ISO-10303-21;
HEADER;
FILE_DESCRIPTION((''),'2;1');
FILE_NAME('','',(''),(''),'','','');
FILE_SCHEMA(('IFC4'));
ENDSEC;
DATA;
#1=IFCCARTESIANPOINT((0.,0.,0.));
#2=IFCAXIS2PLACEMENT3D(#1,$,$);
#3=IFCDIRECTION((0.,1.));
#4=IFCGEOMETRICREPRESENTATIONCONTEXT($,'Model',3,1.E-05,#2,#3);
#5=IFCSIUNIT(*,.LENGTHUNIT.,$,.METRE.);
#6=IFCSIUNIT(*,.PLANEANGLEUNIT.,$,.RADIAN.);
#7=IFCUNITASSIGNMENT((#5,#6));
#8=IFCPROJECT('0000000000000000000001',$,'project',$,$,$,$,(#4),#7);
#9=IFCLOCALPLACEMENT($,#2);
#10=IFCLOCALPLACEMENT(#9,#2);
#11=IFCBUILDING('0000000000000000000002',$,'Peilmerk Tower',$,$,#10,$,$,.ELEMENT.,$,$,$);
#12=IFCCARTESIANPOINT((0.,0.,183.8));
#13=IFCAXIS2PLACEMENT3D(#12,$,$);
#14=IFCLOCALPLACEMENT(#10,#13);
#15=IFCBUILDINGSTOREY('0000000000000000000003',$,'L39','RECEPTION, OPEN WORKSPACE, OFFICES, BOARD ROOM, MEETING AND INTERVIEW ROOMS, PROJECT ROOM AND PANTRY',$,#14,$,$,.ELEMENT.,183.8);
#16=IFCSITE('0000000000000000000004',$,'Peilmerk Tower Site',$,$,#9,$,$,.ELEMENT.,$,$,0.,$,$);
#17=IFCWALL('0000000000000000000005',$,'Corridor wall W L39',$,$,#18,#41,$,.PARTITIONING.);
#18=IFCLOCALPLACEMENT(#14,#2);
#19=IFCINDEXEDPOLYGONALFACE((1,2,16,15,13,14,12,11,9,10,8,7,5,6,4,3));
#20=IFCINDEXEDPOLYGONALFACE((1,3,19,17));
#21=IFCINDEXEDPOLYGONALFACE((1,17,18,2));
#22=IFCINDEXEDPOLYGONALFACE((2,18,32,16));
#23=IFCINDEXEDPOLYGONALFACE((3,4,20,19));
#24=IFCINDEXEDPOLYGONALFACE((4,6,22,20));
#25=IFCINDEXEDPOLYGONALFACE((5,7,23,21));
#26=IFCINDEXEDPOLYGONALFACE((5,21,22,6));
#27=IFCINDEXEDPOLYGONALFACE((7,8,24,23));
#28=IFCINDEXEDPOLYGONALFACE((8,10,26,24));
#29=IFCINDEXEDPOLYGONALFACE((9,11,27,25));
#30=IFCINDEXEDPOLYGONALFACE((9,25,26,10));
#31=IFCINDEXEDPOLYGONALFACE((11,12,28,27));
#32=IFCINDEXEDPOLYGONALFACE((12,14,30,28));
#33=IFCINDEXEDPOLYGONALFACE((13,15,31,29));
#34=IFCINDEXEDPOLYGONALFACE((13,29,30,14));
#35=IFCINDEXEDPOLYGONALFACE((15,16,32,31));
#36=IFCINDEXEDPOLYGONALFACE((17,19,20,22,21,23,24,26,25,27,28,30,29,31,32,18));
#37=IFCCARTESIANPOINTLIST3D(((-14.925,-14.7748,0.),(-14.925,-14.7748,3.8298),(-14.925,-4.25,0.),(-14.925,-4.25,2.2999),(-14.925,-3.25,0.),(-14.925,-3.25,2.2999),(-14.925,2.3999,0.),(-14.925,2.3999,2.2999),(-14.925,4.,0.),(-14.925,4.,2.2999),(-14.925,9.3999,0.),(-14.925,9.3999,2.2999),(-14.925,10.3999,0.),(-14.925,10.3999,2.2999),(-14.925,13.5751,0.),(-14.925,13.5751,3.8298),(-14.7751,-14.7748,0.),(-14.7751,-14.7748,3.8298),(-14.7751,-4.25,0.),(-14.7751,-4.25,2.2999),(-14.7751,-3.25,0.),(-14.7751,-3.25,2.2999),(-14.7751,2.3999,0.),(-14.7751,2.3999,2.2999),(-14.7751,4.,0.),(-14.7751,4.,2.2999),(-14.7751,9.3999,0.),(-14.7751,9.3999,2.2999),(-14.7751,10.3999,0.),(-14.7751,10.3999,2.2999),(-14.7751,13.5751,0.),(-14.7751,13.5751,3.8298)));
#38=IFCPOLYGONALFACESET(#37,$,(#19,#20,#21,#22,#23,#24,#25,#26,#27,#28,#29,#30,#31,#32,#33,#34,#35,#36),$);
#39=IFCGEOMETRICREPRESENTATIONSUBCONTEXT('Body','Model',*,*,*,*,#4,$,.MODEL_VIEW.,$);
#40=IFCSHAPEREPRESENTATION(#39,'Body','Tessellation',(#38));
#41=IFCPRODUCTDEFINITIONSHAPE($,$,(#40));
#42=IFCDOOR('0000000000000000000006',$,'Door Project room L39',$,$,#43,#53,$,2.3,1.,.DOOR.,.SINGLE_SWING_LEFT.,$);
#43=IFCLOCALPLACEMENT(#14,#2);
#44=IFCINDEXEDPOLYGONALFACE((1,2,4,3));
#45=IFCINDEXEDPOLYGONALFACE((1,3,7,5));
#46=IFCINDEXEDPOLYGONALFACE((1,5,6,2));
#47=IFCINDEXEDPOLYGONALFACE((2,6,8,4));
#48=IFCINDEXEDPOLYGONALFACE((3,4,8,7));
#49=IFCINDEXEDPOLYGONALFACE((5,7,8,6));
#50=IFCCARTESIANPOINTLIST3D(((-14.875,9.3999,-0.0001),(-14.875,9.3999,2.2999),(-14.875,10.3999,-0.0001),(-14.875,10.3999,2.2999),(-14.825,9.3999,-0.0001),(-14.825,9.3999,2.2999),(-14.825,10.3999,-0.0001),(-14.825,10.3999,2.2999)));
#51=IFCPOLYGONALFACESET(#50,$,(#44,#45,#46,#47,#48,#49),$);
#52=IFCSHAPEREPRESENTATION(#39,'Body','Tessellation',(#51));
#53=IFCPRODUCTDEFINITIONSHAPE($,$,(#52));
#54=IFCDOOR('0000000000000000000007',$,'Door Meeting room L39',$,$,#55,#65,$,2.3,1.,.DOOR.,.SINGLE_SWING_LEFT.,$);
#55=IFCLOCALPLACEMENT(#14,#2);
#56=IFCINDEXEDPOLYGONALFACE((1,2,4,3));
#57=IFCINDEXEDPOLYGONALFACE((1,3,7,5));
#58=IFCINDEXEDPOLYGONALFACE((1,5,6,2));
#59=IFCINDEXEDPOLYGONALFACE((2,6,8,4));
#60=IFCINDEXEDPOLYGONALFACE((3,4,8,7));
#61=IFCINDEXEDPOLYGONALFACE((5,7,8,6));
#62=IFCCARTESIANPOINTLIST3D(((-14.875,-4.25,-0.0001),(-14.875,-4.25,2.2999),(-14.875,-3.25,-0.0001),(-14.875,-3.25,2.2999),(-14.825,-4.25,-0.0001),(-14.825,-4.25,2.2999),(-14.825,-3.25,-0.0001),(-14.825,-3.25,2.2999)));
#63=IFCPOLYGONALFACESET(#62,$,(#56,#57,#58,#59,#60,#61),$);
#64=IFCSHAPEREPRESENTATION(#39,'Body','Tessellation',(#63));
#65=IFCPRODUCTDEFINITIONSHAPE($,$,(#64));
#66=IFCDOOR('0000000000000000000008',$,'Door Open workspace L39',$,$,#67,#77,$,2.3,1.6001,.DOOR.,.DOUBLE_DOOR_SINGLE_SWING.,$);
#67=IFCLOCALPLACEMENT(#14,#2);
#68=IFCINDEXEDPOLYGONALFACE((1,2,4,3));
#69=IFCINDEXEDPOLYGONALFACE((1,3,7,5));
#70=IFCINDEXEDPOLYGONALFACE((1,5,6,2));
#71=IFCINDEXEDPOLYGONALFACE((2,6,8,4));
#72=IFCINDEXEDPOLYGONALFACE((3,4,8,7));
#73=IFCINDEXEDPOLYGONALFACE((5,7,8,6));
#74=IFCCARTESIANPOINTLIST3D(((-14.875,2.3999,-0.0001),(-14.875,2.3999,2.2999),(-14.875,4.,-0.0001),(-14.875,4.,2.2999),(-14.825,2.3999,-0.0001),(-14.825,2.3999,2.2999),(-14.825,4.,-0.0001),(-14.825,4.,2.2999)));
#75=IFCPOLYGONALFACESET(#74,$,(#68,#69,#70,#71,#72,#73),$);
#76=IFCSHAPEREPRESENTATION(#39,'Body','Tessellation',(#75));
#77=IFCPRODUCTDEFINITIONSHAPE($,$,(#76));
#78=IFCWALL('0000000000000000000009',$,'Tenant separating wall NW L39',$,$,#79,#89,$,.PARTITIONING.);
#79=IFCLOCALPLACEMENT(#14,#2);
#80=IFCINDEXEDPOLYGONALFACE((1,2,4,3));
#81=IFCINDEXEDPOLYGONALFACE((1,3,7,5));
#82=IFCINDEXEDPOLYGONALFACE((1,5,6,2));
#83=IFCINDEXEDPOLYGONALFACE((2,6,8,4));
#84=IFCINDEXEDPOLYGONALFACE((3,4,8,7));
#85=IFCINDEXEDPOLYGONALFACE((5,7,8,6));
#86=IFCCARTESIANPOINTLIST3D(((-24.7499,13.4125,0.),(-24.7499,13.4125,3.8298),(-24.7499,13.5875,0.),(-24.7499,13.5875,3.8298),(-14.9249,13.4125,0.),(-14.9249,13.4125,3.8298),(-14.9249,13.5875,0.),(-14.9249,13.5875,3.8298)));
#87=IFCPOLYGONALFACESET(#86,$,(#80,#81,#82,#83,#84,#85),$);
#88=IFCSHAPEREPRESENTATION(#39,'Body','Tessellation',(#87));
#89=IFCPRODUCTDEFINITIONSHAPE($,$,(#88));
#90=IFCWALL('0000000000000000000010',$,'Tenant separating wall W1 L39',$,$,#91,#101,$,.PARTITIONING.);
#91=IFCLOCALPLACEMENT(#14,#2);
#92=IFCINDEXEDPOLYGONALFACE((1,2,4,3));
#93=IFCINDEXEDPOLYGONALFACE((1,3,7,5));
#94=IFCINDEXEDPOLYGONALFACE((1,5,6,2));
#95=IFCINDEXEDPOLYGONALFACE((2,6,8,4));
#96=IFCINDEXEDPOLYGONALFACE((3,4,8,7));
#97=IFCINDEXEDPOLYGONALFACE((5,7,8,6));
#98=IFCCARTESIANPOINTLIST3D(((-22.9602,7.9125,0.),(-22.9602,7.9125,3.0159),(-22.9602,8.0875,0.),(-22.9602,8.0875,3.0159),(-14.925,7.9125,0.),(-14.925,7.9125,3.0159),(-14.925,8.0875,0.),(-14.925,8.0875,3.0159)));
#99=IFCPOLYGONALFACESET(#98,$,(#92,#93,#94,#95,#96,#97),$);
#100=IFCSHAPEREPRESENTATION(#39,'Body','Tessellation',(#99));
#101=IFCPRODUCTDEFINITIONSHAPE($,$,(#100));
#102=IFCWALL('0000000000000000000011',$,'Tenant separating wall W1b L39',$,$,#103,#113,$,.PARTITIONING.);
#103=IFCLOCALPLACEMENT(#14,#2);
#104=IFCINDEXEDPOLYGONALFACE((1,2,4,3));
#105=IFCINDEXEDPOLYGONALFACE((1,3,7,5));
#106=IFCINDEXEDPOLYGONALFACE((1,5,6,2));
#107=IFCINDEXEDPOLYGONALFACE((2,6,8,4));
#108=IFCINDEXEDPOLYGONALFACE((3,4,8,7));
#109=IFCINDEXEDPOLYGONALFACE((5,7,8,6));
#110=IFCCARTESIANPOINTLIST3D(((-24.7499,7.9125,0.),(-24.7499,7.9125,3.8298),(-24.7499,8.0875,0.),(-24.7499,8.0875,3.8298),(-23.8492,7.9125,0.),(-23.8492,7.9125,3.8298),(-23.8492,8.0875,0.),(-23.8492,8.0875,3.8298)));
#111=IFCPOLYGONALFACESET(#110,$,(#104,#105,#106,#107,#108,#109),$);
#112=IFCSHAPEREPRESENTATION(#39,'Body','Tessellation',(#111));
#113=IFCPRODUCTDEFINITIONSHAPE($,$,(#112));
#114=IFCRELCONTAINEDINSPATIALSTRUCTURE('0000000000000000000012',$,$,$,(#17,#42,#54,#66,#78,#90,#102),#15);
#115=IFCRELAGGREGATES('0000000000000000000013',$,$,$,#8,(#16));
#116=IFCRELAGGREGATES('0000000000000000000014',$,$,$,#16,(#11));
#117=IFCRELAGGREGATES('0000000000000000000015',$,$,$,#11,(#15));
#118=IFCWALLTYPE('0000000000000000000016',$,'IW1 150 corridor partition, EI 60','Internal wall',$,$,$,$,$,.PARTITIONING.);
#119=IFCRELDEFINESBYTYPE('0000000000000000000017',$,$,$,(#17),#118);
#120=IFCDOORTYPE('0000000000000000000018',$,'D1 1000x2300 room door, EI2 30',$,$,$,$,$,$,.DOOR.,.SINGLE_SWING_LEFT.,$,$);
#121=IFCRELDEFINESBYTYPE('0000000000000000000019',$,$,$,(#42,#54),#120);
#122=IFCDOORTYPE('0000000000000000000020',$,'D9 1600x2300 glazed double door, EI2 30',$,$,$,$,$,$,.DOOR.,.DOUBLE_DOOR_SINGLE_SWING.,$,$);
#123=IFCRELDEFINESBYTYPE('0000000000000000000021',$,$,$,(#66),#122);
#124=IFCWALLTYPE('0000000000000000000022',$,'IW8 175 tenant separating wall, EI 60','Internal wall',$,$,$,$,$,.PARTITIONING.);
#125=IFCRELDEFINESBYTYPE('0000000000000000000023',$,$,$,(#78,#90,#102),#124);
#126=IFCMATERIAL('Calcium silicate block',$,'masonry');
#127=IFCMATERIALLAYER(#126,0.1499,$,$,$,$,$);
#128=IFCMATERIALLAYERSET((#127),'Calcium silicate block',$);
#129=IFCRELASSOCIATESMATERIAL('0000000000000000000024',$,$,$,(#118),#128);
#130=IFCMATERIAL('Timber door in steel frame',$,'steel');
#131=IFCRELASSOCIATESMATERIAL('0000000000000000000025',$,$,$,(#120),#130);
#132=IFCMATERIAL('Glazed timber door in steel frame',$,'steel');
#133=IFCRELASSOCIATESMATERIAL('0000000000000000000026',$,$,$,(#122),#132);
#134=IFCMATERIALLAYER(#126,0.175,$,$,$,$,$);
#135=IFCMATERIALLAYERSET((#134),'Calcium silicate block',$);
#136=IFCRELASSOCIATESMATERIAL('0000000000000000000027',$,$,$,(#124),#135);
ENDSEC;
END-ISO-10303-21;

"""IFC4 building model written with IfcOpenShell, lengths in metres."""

from ifc_helpers import new_model, si_unit, direction, frame, frame_2d, origin, place, context, subcontext, project, spatial, rectangle, extrude, material, layer, layer_set, type_object, element, fill, save


model = new_model("IFC4")

# Units and contexts
model_context = context("Model", 3, precision=1e-05, world=origin(), true_north=direction((0.0, 1.0)))
body_context = subcontext(model_context, "Body", "Model", "MODEL_VIEW")
ifc_project = project(units=[si_unit("LENGTHUNIT", "METRE"), si_unit("PLANEANGLEUNIT", "RADIAN")], contexts=[model_context])

# Site, building, storey
site_placement = place(None, origin())
site = spatial("IfcSite", under=ifc_project, at=site_placement, Name="Peilmerk Tower Site", CompositionType="ELEMENT", RefElevation=0.0)
building_placement = place(site_placement, origin())
building = spatial("IfcBuilding", under=site, at=building_placement, Name="Peilmerk Tower", CompositionType="ELEMENT")
storey_placement = place(building_placement, frame((0.0, 0.0, 183.8)))
storey = spatial("IfcBuildingStorey", under=building, at=storey_placement, Name="L39", Description="RECEPTION, OPEN WORKSPACE, OFFICES, BOARD ROOM, MEETING AND INTERVIEW ROOMS, PROJECT ROOM AND PANTRY", CompositionType="ELEMENT", Elevation=183.8)

# Wall, openings, doors
ifc_material_1 = material(Name="Calcium silicate block", Category="masonry")
ifc_layer_1 = layer(ifc_material_1, 0.1499)
ifc_layer_set_1 = layer_set([ifc_layer_1], Name="Calcium silicate block")
wall_type_1 = type_object("IfcWallType", Name="IW1 150 corridor partition, EI 60", Description="Internal wall", PredefinedType="PARTITIONING", material=ifc_layer_set_1)
wall_1_placement = place(storey_placement, frame((-14.8501, 13.575, 0.0), z_axis=(0.0, 0.0, 1.0), x_axis=(0.0, -1.0, 0.0)))
wall_1 = element("IfcWall", 1, at=wall_1_placement, inside=storey, type_object=wall_type_1, Name="Corridor wall W L39", PredefinedType="PARTITIONING", context=body_context, shape_type="SweptSolid", body=[
    extrude(rectangle(XDim=28.3499, YDim=0.1499, at=frame_2d((14.1748, 0.0))), origin(), (0.0, 0.0, 1.0), 3.8298),
])
opening_1_placement = place(wall_1_placement, frame((9.575, 0.0, 0.0)))
opening_1 = element("IfcOpeningElement", 2, at=opening_1_placement, cuts=wall_1, PredefinedType="OPENING", context=body_context, shape_type="SweptSolid", body=[
    extrude(rectangle(XDim=1.6001, YDim=2.3, at=frame_2d((0.8, 1.1499))), frame((0.0, 0.085, 0.0), z_axis=(0.0, -1.0, 0.0), x_axis=(1.0, 0.0, 0.0)), (0.0, 0.0, 1.0), 0.1699),
])
opening_2_placement = place(wall_1_placement, frame((3.175, 0.0, 0.0)))
opening_2 = element("IfcOpeningElement", 3, at=opening_2_placement, cuts=wall_1, PredefinedType="OPENING", context=body_context, shape_type="SweptSolid", body=[
    extrude(rectangle(XDim=1.0, YDim=2.3, at=frame_2d((0.5, 1.1499))), frame((0.0, 0.085, 0.0), z_axis=(0.0, -1.0, 0.0), x_axis=(1.0, 0.0, 0.0)), (0.0, 0.0, 1.0), 0.1699),
])
opening_3_placement = place(wall_1_placement, frame((16.825, 0.0, 0.0)))
opening_3 = element("IfcOpeningElement", 4, at=opening_3_placement, cuts=wall_1, PredefinedType="OPENING", context=body_context, shape_type="SweptSolid", body=[
    extrude(rectangle(XDim=1.0, YDim=2.3, at=frame_2d((0.5, 1.1499))), frame((0.0, 0.085, 0.0), z_axis=(0.0, -1.0, 0.0), x_axis=(1.0, 0.0, 0.0)), (0.0, 0.0, 1.0), 0.1699),
])
ifc_material_2 = material(Name="Timber door in steel frame", Category="steel")
door_type_1 = type_object("IfcDoorType", Name="D1 1000x2300 room door, EI2 30", OperationType="SINGLE_SWING_LEFT", PredefinedType="DOOR", material=ifc_material_2)
door_1_placement = place(opening_2_placement, frame((1.0, 0.0, 0.0), z_axis=(0.0, 0.0, 1.0), x_axis=(-1.0, 0.0, 0.0)))
door_1 = element("IfcDoor", 5, at=door_1_placement, inside=storey, type_object=door_type_1, Name="Door Project room L39", OperationType="SINGLE_SWING_LEFT", OverallHeight=2.3, OverallWidth=1.0, PredefinedType="DOOR", context=body_context, shape_type="SweptSolid", body=[
    extrude(rectangle(XDim=1.0, YDim=2.3, at=frame_2d((0.5, 1.1499))), frame((0.0, 0.0249, 0.0), z_axis=(0.0, -1.0, 0.0), x_axis=(1.0, 0.0, 0.0)), (0.0, 0.0, 1.0), 0.05),
])
fill(opening_2, door_1)
door_2_placement = place(opening_3_placement, frame((1.0, 0.0, 0.0), z_axis=(0.0, 0.0, 1.0), x_axis=(-1.0, 0.0, 0.0)))
door_2 = element("IfcDoor", 6, at=door_2_placement, inside=storey, type_object=door_type_1, Name="Door Meeting room L39", OperationType="SINGLE_SWING_LEFT", OverallHeight=2.3, OverallWidth=1.0, PredefinedType="DOOR", context=body_context, shape_type="SweptSolid", body=[
    extrude(rectangle(XDim=1.0, YDim=2.3, at=frame_2d((0.5, 1.1499))), frame((0.0, 0.0249, 0.0), z_axis=(0.0, -1.0, 0.0), x_axis=(1.0, 0.0, 0.0)), (0.0, 0.0, 1.0), 0.05),
])
fill(opening_3, door_2)
ifc_material_3 = material(Name="Glazed timber door in steel frame", Category="steel")
door_type_2 = type_object("IfcDoorType", Name="D9 1600x2300 glazed double door, EI2 30", OperationType="DOUBLE_DOOR_SINGLE_SWING", PredefinedType="DOOR", material=ifc_material_3)
door_3_placement = place(opening_1_placement, frame((1.6001, 0.0, 0.0), z_axis=(0.0, 0.0, 1.0), x_axis=(-1.0, 0.0, 0.0)))
door_3 = element("IfcDoor", 7, at=door_3_placement, inside=storey, type_object=door_type_2, Name="Door Open workspace L39", OperationType="DOUBLE_DOOR_SINGLE_SWING", OverallHeight=2.3, OverallWidth=1.6001, PredefinedType="DOOR", context=body_context, shape_type="SweptSolid", body=[
    extrude(rectangle(XDim=1.6001, YDim=2.3, at=frame_2d((0.8, 1.1499))), frame((0.0, 0.0249, 0.0), z_axis=(0.0, -1.0, 0.0), x_axis=(1.0, 0.0, 0.0)), (0.0, 0.0, 1.0), 0.05),
])
fill(opening_1, door_3)

# Walls
ifc_layer_2 = layer(ifc_material_1, 0.175)
ifc_layer_set_2 = layer_set([ifc_layer_2], Name="Calcium silicate block")
wall_type_2 = type_object("IfcWallType", Name="IW8 175 tenant separating wall, EI 60", Description="Internal wall", PredefinedType="PARTITIONING", material=ifc_layer_set_2)
wall_2_placement = place(storey_placement, frame((-24.75, 13.5, 0.0), z_axis=(0.0, 0.0, 1.0), x_axis=(1.0, 0.0, 0.0)))
element("IfcWall", 8, at=wall_2_placement, inside=storey, type_object=wall_type_2, Name="Tenant separating wall NW L39", PredefinedType="PARTITIONING", context=body_context, shape_type="SweptSolid", body=[
    extrude(rectangle(XDim=9.825, YDim=0.175, at=frame_2d((4.9126, 0.0))), origin(), (0.0, 0.0, 1.0), 3.8298),
])
wall_3_placement = place(storey_placement, frame((-14.925, 8.0, 0.0), z_axis=(0.0, 0.0, 1.0), x_axis=(-1.0, 0.0, 0.0)))
element("IfcWall", 9, at=wall_3_placement, inside=storey, type_object=wall_type_2, Name="Tenant separating wall W1 L39", PredefinedType="PARTITIONING", context=body_context, shape_type="SweptSolid", body=[
    extrude(rectangle(XDim=8.0352, YDim=0.175, at=frame_2d((4.0176, 0.0))), origin(), (0.0, 0.0, 1.0), 3.0159),
])
wall_4_placement = place(storey_placement, frame((-23.8494, 8.0, 0.0), z_axis=(0.0, 0.0, 1.0), x_axis=(-1.0, 0.0, 0.0)))
element("IfcWall", 10, at=wall_4_placement, inside=storey, type_object=wall_type_2, Name="Tenant separating wall W1b L39", PredefinedType="PARTITIONING", context=body_context, shape_type="SweptSolid", body=[
    extrude(rectangle(XDim=0.9006, YDim=0.175, at=frame_2d((0.4502, 0.0))), origin(), (0.0, 0.0, 1.0), 3.8298),
])

save(model, "model.ifc")
